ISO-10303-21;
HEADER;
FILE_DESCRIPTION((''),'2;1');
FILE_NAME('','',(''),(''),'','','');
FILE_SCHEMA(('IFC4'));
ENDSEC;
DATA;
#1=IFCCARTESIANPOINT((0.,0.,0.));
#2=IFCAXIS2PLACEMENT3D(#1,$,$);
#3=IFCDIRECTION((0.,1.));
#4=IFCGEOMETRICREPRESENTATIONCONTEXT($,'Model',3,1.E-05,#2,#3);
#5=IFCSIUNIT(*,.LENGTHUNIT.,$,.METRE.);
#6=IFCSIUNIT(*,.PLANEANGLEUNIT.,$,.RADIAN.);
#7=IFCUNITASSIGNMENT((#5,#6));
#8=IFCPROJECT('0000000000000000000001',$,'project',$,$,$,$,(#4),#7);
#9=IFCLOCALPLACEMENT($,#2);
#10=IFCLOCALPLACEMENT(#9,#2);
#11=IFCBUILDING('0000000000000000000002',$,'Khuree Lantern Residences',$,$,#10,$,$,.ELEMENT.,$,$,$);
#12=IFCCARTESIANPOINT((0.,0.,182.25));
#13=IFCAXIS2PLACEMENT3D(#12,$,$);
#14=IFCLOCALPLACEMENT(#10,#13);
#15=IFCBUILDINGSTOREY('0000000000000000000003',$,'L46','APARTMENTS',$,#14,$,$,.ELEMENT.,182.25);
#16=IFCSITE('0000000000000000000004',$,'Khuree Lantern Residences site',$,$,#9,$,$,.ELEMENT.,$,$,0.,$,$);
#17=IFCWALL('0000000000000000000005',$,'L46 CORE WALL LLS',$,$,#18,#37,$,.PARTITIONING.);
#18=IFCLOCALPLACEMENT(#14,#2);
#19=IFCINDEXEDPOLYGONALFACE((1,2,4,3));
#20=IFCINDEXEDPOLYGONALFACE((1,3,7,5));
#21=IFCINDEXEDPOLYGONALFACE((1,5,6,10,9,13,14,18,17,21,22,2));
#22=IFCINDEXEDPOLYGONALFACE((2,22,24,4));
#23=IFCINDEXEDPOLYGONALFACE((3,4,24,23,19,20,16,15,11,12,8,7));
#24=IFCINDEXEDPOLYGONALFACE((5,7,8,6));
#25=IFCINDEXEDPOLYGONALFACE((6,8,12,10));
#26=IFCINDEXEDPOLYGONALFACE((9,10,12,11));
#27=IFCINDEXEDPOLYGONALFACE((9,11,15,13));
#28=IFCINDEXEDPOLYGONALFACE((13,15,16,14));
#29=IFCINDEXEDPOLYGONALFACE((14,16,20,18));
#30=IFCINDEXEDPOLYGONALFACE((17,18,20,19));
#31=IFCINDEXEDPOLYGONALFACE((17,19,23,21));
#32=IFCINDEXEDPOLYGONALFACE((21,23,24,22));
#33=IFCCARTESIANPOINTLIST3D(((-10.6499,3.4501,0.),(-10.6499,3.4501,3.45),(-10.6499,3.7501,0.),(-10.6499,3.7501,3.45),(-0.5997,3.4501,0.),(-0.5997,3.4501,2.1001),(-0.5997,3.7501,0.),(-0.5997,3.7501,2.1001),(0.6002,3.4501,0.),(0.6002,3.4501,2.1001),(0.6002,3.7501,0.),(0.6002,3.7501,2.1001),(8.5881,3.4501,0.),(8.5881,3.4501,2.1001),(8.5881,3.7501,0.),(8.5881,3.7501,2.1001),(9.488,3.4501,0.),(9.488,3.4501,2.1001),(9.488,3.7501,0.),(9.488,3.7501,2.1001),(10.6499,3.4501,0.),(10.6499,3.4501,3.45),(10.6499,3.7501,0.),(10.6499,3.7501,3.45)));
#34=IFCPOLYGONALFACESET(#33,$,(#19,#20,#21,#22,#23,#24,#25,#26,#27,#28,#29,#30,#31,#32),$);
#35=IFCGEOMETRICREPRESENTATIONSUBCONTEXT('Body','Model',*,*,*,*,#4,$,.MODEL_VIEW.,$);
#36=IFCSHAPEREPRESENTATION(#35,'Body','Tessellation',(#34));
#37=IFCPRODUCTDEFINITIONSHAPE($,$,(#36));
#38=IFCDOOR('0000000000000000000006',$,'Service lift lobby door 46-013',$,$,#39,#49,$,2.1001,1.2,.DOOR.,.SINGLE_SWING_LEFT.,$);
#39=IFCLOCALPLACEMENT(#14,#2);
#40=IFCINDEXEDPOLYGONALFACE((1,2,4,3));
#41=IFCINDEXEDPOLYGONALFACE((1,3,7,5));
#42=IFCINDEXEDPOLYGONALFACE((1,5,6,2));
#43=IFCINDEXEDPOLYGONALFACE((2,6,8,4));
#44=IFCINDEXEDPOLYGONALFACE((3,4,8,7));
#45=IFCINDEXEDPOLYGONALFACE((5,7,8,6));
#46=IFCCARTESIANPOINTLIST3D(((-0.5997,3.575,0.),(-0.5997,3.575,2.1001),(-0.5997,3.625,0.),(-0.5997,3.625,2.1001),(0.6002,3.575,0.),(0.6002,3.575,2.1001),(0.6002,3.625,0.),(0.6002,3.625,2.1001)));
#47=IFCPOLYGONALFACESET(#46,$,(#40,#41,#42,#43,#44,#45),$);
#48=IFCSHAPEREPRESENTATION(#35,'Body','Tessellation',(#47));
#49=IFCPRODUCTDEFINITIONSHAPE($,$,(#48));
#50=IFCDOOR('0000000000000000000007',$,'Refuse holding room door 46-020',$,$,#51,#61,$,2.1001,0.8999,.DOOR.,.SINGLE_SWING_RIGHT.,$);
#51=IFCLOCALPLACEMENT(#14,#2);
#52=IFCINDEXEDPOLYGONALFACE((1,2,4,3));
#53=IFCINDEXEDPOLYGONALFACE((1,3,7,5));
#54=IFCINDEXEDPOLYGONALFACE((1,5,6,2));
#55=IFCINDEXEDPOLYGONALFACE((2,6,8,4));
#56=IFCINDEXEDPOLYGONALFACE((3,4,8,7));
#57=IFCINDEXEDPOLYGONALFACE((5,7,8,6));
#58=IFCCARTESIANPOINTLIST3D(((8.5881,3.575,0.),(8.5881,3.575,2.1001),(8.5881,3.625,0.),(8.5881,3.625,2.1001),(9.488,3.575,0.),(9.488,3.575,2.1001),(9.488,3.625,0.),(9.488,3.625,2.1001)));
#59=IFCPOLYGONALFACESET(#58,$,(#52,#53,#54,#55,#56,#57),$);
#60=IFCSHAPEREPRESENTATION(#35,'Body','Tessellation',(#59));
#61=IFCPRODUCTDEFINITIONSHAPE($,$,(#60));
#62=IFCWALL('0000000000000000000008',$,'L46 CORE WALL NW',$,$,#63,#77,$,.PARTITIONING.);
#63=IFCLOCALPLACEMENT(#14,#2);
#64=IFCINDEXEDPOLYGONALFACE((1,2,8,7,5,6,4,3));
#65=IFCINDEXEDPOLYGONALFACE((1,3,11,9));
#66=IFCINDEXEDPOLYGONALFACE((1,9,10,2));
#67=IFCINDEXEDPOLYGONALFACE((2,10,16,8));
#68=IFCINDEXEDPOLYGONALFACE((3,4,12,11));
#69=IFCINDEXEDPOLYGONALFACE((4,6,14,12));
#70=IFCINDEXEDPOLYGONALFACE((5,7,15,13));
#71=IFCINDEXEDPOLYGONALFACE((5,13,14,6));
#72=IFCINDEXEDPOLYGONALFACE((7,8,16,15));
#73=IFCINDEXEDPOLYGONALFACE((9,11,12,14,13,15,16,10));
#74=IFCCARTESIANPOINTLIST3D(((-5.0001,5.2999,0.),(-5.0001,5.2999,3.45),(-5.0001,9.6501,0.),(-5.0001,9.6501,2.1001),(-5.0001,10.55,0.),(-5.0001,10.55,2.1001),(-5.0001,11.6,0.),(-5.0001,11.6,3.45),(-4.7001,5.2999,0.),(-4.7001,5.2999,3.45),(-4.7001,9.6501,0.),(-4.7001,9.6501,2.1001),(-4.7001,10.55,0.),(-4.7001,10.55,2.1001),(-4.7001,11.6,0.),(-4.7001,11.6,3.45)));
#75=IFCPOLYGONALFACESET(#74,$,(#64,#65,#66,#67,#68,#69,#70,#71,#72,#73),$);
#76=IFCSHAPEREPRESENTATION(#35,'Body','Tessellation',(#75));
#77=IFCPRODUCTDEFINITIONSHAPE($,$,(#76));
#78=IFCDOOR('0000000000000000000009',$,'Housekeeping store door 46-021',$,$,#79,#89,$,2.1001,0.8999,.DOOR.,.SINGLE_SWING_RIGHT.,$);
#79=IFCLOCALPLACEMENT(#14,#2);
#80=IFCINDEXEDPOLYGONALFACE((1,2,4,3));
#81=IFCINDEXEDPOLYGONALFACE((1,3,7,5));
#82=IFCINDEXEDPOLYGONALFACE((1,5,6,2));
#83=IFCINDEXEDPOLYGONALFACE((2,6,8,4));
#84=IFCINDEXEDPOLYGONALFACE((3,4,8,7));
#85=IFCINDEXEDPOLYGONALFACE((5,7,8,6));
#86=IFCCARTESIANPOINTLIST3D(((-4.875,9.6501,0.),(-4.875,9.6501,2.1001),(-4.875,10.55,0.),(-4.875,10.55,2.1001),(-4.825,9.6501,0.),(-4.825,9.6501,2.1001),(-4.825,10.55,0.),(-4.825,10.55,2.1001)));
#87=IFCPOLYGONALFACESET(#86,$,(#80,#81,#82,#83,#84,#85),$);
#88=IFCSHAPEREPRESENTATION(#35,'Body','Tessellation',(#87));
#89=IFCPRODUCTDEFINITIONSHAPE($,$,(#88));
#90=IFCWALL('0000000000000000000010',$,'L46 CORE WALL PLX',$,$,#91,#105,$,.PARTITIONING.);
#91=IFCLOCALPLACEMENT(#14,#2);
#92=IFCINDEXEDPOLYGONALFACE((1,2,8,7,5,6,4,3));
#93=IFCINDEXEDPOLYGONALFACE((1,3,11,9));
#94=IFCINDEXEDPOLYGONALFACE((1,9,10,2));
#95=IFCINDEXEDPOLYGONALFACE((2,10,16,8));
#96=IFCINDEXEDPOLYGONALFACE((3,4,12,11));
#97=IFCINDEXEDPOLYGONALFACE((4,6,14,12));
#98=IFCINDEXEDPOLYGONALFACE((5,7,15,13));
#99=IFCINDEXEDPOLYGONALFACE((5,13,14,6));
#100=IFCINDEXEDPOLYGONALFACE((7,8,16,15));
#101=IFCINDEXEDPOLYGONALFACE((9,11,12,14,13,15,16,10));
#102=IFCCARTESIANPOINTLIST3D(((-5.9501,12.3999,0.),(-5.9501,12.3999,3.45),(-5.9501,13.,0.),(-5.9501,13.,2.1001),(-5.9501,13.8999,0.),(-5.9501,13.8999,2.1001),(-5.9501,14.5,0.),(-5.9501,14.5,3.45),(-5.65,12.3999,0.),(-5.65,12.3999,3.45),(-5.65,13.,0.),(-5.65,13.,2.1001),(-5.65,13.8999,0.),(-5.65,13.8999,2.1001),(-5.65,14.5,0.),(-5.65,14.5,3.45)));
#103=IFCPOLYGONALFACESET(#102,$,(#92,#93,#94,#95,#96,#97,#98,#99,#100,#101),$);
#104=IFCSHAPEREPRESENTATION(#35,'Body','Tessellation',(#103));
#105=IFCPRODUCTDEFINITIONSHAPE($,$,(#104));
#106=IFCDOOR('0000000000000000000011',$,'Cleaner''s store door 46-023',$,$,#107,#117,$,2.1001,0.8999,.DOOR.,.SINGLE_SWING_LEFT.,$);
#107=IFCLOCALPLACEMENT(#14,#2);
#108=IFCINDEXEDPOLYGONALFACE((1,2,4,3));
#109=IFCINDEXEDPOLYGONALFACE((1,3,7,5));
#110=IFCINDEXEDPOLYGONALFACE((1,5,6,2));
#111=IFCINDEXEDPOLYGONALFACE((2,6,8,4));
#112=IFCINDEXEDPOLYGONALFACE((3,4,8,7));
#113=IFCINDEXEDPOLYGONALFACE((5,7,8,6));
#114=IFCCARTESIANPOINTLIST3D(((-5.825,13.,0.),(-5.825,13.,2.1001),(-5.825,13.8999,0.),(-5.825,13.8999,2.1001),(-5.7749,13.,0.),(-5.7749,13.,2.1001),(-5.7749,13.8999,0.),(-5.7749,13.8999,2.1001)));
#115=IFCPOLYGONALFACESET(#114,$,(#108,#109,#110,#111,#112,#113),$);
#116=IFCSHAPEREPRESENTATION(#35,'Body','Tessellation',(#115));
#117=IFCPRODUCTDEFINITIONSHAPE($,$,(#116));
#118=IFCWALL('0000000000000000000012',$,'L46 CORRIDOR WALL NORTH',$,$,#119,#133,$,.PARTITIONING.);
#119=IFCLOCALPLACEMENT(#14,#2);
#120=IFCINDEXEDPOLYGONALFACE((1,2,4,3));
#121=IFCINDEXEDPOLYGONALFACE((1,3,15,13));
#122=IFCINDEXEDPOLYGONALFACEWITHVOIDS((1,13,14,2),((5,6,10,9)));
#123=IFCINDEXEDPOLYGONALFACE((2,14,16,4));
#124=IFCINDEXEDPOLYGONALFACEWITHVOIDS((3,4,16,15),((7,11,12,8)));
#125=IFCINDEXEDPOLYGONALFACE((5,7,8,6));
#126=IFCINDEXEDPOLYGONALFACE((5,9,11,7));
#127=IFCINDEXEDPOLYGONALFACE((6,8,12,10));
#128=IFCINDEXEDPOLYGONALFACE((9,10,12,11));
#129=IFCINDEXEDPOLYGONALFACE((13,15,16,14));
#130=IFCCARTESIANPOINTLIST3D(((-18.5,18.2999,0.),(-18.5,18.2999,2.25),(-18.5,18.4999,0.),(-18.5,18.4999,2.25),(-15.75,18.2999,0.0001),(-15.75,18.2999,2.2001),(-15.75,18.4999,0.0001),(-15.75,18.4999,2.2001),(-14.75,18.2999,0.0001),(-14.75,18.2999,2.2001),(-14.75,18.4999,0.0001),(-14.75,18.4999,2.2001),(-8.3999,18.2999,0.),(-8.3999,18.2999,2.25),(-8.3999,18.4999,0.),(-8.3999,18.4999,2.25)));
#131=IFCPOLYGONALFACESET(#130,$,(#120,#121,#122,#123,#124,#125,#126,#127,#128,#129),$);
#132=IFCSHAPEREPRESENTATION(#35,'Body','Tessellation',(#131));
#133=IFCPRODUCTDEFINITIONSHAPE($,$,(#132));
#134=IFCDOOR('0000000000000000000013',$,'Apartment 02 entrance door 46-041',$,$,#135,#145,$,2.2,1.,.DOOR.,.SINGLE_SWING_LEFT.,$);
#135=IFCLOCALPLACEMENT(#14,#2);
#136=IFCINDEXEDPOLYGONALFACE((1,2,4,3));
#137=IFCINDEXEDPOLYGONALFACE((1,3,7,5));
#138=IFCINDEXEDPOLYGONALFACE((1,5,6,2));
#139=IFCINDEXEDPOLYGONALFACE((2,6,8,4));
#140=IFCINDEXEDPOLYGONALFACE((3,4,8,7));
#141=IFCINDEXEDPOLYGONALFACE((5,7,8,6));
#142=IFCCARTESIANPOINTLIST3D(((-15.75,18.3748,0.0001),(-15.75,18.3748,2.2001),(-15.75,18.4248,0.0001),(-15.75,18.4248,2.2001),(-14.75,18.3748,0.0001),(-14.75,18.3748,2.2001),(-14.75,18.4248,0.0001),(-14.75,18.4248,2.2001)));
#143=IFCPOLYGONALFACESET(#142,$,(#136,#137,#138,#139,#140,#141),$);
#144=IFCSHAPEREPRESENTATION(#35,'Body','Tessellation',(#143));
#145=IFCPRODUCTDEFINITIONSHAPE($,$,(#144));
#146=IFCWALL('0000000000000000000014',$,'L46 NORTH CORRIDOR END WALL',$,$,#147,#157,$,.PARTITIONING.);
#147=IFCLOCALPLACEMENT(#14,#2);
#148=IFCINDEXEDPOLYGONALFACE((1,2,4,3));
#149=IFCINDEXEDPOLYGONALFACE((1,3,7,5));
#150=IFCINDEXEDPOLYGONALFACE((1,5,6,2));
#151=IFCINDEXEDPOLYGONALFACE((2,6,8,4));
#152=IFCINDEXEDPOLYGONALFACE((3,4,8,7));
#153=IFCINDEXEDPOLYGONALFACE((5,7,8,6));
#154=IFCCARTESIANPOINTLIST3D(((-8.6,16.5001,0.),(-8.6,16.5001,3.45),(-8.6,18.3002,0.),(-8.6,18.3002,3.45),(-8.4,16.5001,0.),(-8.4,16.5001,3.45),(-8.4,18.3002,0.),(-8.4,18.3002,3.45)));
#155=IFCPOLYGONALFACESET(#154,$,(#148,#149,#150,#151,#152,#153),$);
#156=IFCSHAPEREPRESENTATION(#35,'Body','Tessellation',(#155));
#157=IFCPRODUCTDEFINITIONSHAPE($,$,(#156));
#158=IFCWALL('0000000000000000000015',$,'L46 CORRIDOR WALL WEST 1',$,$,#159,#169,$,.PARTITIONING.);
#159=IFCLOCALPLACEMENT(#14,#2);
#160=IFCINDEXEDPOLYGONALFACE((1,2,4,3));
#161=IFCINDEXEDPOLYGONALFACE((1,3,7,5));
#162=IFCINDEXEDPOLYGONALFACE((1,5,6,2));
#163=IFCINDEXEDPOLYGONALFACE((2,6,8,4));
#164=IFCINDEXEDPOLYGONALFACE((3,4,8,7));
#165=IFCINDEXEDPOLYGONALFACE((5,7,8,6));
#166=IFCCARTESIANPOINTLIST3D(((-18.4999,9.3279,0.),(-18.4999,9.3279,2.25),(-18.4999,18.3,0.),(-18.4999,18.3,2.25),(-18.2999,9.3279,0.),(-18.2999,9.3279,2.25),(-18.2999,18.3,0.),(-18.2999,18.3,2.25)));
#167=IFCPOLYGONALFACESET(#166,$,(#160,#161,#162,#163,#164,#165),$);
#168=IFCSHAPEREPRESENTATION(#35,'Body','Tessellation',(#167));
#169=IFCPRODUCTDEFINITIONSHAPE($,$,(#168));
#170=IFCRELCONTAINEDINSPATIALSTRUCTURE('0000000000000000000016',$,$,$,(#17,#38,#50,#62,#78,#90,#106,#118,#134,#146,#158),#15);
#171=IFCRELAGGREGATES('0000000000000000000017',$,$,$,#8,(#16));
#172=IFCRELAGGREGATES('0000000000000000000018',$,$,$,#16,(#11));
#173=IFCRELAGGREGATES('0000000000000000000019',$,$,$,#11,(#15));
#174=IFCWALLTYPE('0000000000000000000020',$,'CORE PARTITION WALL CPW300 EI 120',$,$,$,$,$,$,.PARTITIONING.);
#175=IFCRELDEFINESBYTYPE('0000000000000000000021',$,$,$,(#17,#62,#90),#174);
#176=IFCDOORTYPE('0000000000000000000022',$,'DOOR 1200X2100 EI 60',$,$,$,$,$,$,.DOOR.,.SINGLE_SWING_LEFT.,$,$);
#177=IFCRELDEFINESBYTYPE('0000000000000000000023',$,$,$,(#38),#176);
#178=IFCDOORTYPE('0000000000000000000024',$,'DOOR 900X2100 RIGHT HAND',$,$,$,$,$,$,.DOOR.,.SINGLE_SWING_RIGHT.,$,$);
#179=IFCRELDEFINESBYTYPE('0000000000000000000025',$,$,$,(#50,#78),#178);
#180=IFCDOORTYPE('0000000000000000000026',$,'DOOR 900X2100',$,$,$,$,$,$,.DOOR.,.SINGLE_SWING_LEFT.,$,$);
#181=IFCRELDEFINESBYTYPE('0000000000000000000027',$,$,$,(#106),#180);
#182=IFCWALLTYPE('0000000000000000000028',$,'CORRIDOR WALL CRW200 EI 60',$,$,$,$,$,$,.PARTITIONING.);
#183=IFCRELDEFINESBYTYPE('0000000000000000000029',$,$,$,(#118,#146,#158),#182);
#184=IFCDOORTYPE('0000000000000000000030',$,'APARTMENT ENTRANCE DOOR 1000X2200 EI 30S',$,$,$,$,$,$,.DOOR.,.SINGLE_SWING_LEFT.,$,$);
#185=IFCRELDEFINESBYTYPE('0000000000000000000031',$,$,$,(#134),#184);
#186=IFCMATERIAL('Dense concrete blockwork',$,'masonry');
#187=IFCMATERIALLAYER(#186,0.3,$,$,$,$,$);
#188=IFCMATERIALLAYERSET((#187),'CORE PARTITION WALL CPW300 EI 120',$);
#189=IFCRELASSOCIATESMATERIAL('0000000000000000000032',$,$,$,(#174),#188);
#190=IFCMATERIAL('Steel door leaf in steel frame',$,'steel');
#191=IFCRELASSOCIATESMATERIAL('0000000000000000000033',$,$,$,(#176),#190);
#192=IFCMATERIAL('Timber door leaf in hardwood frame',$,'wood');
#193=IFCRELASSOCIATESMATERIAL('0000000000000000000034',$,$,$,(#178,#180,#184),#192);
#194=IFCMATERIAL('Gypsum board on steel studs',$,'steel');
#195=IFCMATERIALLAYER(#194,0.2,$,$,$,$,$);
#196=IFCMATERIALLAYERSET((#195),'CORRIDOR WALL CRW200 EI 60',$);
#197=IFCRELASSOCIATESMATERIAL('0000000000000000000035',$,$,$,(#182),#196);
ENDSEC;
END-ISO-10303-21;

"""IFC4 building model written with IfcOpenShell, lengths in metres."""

from ifc_helpers import new_model, si_unit, direction, frame, frame_2d, origin, place, context, subcontext, project, spatial, rectangle, extrude, material, layer, layer_set, type_object, element, fill, save


model = new_model("IFC4")

# Units and contexts
model_context = context("Model", 3, precision=1e-05, world=origin(), true_north=direction((0.0, 1.0)))
body_context = subcontext(model_context, "Body", "Model", "MODEL_VIEW")
ifc_project = project(units=[si_unit("LENGTHUNIT", "METRE"), si_unit("PLANEANGLEUNIT", "RADIAN")], contexts=[model_context])

# Site, building, storey
site_placement = place(None, origin())
site = spatial("IfcSite", under=ifc_project, at=site_placement, Name="Khuree Lantern Residences site", CompositionType="ELEMENT", RefElevation=0.0)
building_placement = place(site_placement, origin())
building = spatial("IfcBuilding", under=site, at=building_placement, Name="Khuree Lantern Residences", CompositionType="ELEMENT")
storey_placement = place(building_placement, frame((0.0, 0.0, 182.25)))
storey = spatial("IfcBuildingStorey", under=building, at=storey_placement, Name="L46", Description="APARTMENTS", CompositionType="ELEMENT", Elevation=182.25)

# Shared definitions
ifc_material_1 = material(Name="Dense concrete blockwork", Category="masonry")
ifc_layer_1 = layer(ifc_material_1, 0.3)
ifc_layer_set_1 = layer_set([ifc_layer_1], Name="CORE PARTITION WALL CPW300 EI 120")
wall_type_1 = type_object("IfcWallType", Name="CORE PARTITION WALL CPW300 EI 120", PredefinedType="PARTITIONING", material=ifc_layer_set_1)

# Wall, openings, doors
wall_1_placement = place(storey_placement, frame((-10.6499, 3.6001, 0.0), z_axis=(0.0, 0.0, 1.0), x_axis=(1.0, 0.0, 0.0)))
wall_1 = element("IfcWall", 1, at=wall_1_placement, inside=storey, type_object=wall_type_1, Name="L46 CORE WALL LLS", PredefinedType="PARTITIONING", context=body_context, shape_type="SweptSolid", body=[
    extrude(rectangle(XDim=21.2998, YDim=0.3, at=frame_2d((10.6499, 0.0))), origin(), (0.0, 0.0, 1.0), 3.45),
])
opening_1_placement = place(wall_1_placement, frame((10.05, 0.0, 0.0)))
opening_1 = element("IfcOpeningElement", 2, at=opening_1_placement, cuts=wall_1, PredefinedType="OPENING", context=body_context, shape_type="SweptSolid", body=[
    extrude(rectangle(XDim=1.2, YDim=2.1001, at=frame_2d((0.6001, 1.05))), frame((0.0, 0.1602, 0.0), z_axis=(0.0, -1.0, 0.0), x_axis=(1.0, 0.0, 0.0)), (0.0, 0.0, 1.0), 0.3201),
])
opening_2_placement = place(wall_1_placement, frame((19.238, 0.0, 0.0)))
opening_2 = element("IfcOpeningElement", 3, at=opening_2_placement, cuts=wall_1, PredefinedType="OPENING", context=body_context, shape_type="SweptSolid", body=[
    extrude(rectangle(XDim=0.8999, YDim=2.1001, at=frame_2d((0.45, 1.05))), frame((0.0, 0.1602, 0.0), z_axis=(0.0, -1.0, 0.0), x_axis=(1.0, 0.0, 0.0)), (0.0, 0.0, 1.0), 0.3201),
])
ifc_material_2 = material(Name="Steel door leaf in steel frame", Category="steel")
door_type_1 = type_object("IfcDoorType", Name="DOOR 1200X2100 EI 60", OperationType="SINGLE_SWING_LEFT", PredefinedType="DOOR", material=ifc_material_2)
door_1_placement = place(opening_1_placement, origin())
door_1 = element("IfcDoor", 4, at=door_1_placement, inside=storey, type_object=door_type_1, Name="Service lift lobby door 46-013", OperationType="SINGLE_SWING_LEFT", OverallHeight=2.1001, OverallWidth=1.2, PredefinedType="DOOR", context=body_context, shape_type="SweptSolid", body=[
    extrude(rectangle(XDim=1.2, YDim=2.1001, at=frame_2d((0.6001, 1.05))), frame((0.0, 0.0249, 0.0), z_axis=(0.0, -1.0, 0.0), x_axis=(1.0, 0.0, 0.0)), (0.0, 0.0, 1.0), 0.05),
])
fill(opening_1, door_1)
ifc_material_3 = material(Name="Timber door leaf in hardwood frame", Category="wood")
door_type_2 = type_object("IfcDoorType", Name="DOOR 900X2100 RIGHT HAND", OperationType="SINGLE_SWING_RIGHT", PredefinedType="DOOR", material=ifc_material_3)
door_2_placement = place(opening_2_placement, origin())
door_2 = element("IfcDoor", 5, at=door_2_placement, inside=storey, type_object=door_type_2, Name="Refuse holding room door 46-020", OperationType="SINGLE_SWING_RIGHT", OverallHeight=2.1001, OverallWidth=0.8999, PredefinedType="DOOR", context=body_context, shape_type="SweptSolid", body=[
    extrude(rectangle(XDim=0.8999, YDim=2.1001, at=frame_2d((0.45, 1.05))), frame((0.0, 0.0249, 0.0), z_axis=(0.0, -1.0, 0.0), x_axis=(1.0, 0.0, 0.0)), (0.0, 0.0, 1.0), 0.05),
])
fill(opening_2, door_2)

# Walls, openings, doors
wall_2_placement = place(storey_placement, frame((-4.8501, 5.3, 0.0), z_axis=(0.0, 0.0, 1.0), x_axis=(0.0, 1.0, 0.0)))
wall_2 = element("IfcWall", 6, at=wall_2_placement, inside=storey, type_object=wall_type_1, Name="L46 CORE WALL NW", PredefinedType="PARTITIONING", context=body_context, shape_type="SweptSolid", body=[
    extrude(rectangle(XDim=6.3, YDim=0.3, at=frame_2d((3.1499, 0.0))), origin(), (0.0, 0.0, 1.0), 3.45),
])
opening_3_placement = place(wall_2_placement, frame((4.3501, 0.0, 0.0)))
opening_3 = element("IfcOpeningElement", 7, at=opening_3_placement, cuts=wall_2, PredefinedType="OPENING", context=body_context, shape_type="SweptSolid", body=[
    extrude(rectangle(XDim=0.8999, YDim=2.1001, at=frame_2d((0.45, 1.05))), frame((0.0, 0.1602, 0.0), z_axis=(0.0, -1.0, 0.0), x_axis=(1.0, 0.0, 0.0)), (0.0, 0.0, 1.0), 0.3201),
])
door_3_placement = place(opening_3_placement, origin())
door_3 = element("IfcDoor", 8, at=door_3_placement, inside=storey, type_object=door_type_2, Name="Housekeeping store door 46-021", OperationType="SINGLE_SWING_RIGHT", OverallHeight=2.1001, OverallWidth=0.8999, PredefinedType="DOOR", context=body_context, shape_type="SweptSolid", body=[
    extrude(rectangle(XDim=0.8999, YDim=2.1001, at=frame_2d((0.45, 1.05))), frame((0.0, 0.0249, 0.0), z_axis=(0.0, -1.0, 0.0), x_axis=(1.0, 0.0, 0.0)), (0.0, 0.0, 1.0), 0.05),
])
fill(opening_3, door_3)
wall_3_placement = place(storey_placement, frame((-5.8, 12.3999, 0.0), z_axis=(0.0, 0.0, 1.0), x_axis=(0.0, 1.0, 0.0)))
wall_3 = element("IfcWall", 9, at=wall_3_placement, inside=storey, type_object=wall_type_1, Name="L46 CORE WALL PLX", PredefinedType="PARTITIONING", context=body_context, shape_type="SweptSolid", body=[
    extrude(rectangle(XDim=2.1001, YDim=0.3, at=frame_2d((1.05, 0.0))), origin(), (0.0, 0.0, 1.0), 3.45),
])
opening_4_placement = place(wall_3_placement, frame((0.6001, 0.0, 0.0)))
opening_4 = element("IfcOpeningElement", 10, at=opening_4_placement, cuts=wall_3, PredefinedType="OPENING", context=body_context, shape_type="SweptSolid", body=[
    extrude(rectangle(XDim=0.8999, YDim=2.1001, at=frame_2d((0.45, 1.05))), frame((0.0, 0.1602, 0.0), z_axis=(0.0, -1.0, 0.0), x_axis=(1.0, 0.0, 0.0)), (0.0, 0.0, 1.0), 0.3201),
])
door_type_3 = type_object("IfcDoorType", Name="DOOR 900X2100", OperationType="SINGLE_SWING_LEFT", PredefinedType="DOOR", material=ifc_material_3)
door_4_placement = place(opening_4_placement, origin())
door_4 = element("IfcDoor", 11, at=door_4_placement, inside=storey, type_object=door_type_3, Name="Cleaner's store door 46-023", OperationType="SINGLE_SWING_LEFT", OverallHeight=2.1001, OverallWidth=0.8999, PredefinedType="DOOR", context=body_context, shape_type="SweptSolid", body=[
    extrude(rectangle(XDim=0.8999, YDim=2.1001, at=frame_2d((0.45, 1.05))), frame((0.0, 0.0249, 0.0), z_axis=(0.0, -1.0, 0.0), x_axis=(1.0, 0.0, 0.0)), (0.0, 0.0, 1.0), 0.05),
])
fill(opening_4, door_4)
ifc_material_4 = material(Name="Gypsum board on steel studs", Category="steel")
ifc_layer_2 = layer(ifc_material_4, 0.2)
ifc_layer_set_2 = layer_set([ifc_layer_2], Name="CORRIDOR WALL CRW200 EI 60")
wall_type_2 = type_object("IfcWallType", Name="CORRIDOR WALL CRW200 EI 60", PredefinedType="PARTITIONING", material=ifc_layer_set_2)
wall_4_placement = place(storey_placement, frame((-18.5, 18.3999, 0.0), z_axis=(0.0, 0.0, 1.0), x_axis=(1.0, 0.0, 0.0)))
wall_4 = element("IfcWall", 12, at=wall_4_placement, inside=storey, type_object=wall_type_2, Name="L46 CORRIDOR WALL NORTH", PredefinedType="PARTITIONING", context=body_context, shape_type="SweptSolid", body=[
    extrude(rectangle(XDim=10.1001, YDim=0.2, at=frame_2d((5.05, 0.0))), origin(), (0.0, 0.0, 1.0), 2.25),
])
opening_5_placement = place(wall_4_placement, frame((2.75, 0.0, 0.0)))
opening_5 = element("IfcOpeningElement", 13, at=opening_5_placement, cuts=wall_4, PredefinedType="OPENING", context=body_context, shape_type="SweptSolid", body=[
    extrude(rectangle(XDim=1.0, YDim=2.2, at=frame_2d((0.5, 1.1001))), frame((0.0, 0.1099, 0.0), z_axis=(0.0, -1.0, 0.0), x_axis=(1.0, 0.0, 0.0)), (0.0, 0.0, 1.0), 0.22),
])
door_type_4 = type_object("IfcDoorType", Name="APARTMENT ENTRANCE DOOR 1000X2200 EI 30S", OperationType="SINGLE_SWING_LEFT", PredefinedType="DOOR", material=ifc_material_3)
door_5_placement = place(opening_5_placement, origin())
door_5 = element("IfcDoor", 14, at=door_5_placement, inside=storey, type_object=door_type_4, Name="Apartment 02 entrance door 46-041", OperationType="SINGLE_SWING_LEFT", OverallHeight=2.2, OverallWidth=1.0, PredefinedType="DOOR", context=body_context, shape_type="SweptSolid", body=[
    extrude(rectangle(XDim=1.0, YDim=2.2, at=frame_2d((0.5, 1.1001))), frame((0.0, 0.0249, 0.0), z_axis=(0.0, -1.0, 0.0), x_axis=(1.0, 0.0, 0.0)), (0.0, 0.0, 1.0), 0.05),
])
fill(opening_5, door_5)

# Walls
wall_5_placement = place(storey_placement, frame((-8.5, 18.3, 0.0), z_axis=(0.0, 0.0, 1.0), x_axis=(0.0, -1.0, 0.0)))
element("IfcWall", 15, at=wall_5_placement, inside=storey, type_object=wall_type_2, Name="L46 NORTH CORRIDOR END WALL", PredefinedType="PARTITIONING", context=body_context, shape_type="SweptSolid", body=[
    extrude(rectangle(XDim=1.8, YDim=0.2, at=frame_2d((0.8999, 0.0))), origin(), (0.0, 0.0, 1.0), 3.45),
])
wall_6_placement = place(storey_placement, frame((-18.3999, 18.3, 0.0), z_axis=(0.0, 0.0, 1.0), x_axis=(0.0, -1.0, 0.0)))
element("IfcWall", 16, at=wall_6_placement, inside=storey, type_object=wall_type_2, Name="L46 CORRIDOR WALL WEST 1", PredefinedType="PARTITIONING", context=body_context, shape_type="SweptSolid", body=[
    extrude(rectangle(XDim=8.9722, YDim=0.2, at=frame_2d((4.4861, 0.0))), origin(), (0.0, 0.0, 1.0), 2.25),
])

save(model, "model.ifc")
